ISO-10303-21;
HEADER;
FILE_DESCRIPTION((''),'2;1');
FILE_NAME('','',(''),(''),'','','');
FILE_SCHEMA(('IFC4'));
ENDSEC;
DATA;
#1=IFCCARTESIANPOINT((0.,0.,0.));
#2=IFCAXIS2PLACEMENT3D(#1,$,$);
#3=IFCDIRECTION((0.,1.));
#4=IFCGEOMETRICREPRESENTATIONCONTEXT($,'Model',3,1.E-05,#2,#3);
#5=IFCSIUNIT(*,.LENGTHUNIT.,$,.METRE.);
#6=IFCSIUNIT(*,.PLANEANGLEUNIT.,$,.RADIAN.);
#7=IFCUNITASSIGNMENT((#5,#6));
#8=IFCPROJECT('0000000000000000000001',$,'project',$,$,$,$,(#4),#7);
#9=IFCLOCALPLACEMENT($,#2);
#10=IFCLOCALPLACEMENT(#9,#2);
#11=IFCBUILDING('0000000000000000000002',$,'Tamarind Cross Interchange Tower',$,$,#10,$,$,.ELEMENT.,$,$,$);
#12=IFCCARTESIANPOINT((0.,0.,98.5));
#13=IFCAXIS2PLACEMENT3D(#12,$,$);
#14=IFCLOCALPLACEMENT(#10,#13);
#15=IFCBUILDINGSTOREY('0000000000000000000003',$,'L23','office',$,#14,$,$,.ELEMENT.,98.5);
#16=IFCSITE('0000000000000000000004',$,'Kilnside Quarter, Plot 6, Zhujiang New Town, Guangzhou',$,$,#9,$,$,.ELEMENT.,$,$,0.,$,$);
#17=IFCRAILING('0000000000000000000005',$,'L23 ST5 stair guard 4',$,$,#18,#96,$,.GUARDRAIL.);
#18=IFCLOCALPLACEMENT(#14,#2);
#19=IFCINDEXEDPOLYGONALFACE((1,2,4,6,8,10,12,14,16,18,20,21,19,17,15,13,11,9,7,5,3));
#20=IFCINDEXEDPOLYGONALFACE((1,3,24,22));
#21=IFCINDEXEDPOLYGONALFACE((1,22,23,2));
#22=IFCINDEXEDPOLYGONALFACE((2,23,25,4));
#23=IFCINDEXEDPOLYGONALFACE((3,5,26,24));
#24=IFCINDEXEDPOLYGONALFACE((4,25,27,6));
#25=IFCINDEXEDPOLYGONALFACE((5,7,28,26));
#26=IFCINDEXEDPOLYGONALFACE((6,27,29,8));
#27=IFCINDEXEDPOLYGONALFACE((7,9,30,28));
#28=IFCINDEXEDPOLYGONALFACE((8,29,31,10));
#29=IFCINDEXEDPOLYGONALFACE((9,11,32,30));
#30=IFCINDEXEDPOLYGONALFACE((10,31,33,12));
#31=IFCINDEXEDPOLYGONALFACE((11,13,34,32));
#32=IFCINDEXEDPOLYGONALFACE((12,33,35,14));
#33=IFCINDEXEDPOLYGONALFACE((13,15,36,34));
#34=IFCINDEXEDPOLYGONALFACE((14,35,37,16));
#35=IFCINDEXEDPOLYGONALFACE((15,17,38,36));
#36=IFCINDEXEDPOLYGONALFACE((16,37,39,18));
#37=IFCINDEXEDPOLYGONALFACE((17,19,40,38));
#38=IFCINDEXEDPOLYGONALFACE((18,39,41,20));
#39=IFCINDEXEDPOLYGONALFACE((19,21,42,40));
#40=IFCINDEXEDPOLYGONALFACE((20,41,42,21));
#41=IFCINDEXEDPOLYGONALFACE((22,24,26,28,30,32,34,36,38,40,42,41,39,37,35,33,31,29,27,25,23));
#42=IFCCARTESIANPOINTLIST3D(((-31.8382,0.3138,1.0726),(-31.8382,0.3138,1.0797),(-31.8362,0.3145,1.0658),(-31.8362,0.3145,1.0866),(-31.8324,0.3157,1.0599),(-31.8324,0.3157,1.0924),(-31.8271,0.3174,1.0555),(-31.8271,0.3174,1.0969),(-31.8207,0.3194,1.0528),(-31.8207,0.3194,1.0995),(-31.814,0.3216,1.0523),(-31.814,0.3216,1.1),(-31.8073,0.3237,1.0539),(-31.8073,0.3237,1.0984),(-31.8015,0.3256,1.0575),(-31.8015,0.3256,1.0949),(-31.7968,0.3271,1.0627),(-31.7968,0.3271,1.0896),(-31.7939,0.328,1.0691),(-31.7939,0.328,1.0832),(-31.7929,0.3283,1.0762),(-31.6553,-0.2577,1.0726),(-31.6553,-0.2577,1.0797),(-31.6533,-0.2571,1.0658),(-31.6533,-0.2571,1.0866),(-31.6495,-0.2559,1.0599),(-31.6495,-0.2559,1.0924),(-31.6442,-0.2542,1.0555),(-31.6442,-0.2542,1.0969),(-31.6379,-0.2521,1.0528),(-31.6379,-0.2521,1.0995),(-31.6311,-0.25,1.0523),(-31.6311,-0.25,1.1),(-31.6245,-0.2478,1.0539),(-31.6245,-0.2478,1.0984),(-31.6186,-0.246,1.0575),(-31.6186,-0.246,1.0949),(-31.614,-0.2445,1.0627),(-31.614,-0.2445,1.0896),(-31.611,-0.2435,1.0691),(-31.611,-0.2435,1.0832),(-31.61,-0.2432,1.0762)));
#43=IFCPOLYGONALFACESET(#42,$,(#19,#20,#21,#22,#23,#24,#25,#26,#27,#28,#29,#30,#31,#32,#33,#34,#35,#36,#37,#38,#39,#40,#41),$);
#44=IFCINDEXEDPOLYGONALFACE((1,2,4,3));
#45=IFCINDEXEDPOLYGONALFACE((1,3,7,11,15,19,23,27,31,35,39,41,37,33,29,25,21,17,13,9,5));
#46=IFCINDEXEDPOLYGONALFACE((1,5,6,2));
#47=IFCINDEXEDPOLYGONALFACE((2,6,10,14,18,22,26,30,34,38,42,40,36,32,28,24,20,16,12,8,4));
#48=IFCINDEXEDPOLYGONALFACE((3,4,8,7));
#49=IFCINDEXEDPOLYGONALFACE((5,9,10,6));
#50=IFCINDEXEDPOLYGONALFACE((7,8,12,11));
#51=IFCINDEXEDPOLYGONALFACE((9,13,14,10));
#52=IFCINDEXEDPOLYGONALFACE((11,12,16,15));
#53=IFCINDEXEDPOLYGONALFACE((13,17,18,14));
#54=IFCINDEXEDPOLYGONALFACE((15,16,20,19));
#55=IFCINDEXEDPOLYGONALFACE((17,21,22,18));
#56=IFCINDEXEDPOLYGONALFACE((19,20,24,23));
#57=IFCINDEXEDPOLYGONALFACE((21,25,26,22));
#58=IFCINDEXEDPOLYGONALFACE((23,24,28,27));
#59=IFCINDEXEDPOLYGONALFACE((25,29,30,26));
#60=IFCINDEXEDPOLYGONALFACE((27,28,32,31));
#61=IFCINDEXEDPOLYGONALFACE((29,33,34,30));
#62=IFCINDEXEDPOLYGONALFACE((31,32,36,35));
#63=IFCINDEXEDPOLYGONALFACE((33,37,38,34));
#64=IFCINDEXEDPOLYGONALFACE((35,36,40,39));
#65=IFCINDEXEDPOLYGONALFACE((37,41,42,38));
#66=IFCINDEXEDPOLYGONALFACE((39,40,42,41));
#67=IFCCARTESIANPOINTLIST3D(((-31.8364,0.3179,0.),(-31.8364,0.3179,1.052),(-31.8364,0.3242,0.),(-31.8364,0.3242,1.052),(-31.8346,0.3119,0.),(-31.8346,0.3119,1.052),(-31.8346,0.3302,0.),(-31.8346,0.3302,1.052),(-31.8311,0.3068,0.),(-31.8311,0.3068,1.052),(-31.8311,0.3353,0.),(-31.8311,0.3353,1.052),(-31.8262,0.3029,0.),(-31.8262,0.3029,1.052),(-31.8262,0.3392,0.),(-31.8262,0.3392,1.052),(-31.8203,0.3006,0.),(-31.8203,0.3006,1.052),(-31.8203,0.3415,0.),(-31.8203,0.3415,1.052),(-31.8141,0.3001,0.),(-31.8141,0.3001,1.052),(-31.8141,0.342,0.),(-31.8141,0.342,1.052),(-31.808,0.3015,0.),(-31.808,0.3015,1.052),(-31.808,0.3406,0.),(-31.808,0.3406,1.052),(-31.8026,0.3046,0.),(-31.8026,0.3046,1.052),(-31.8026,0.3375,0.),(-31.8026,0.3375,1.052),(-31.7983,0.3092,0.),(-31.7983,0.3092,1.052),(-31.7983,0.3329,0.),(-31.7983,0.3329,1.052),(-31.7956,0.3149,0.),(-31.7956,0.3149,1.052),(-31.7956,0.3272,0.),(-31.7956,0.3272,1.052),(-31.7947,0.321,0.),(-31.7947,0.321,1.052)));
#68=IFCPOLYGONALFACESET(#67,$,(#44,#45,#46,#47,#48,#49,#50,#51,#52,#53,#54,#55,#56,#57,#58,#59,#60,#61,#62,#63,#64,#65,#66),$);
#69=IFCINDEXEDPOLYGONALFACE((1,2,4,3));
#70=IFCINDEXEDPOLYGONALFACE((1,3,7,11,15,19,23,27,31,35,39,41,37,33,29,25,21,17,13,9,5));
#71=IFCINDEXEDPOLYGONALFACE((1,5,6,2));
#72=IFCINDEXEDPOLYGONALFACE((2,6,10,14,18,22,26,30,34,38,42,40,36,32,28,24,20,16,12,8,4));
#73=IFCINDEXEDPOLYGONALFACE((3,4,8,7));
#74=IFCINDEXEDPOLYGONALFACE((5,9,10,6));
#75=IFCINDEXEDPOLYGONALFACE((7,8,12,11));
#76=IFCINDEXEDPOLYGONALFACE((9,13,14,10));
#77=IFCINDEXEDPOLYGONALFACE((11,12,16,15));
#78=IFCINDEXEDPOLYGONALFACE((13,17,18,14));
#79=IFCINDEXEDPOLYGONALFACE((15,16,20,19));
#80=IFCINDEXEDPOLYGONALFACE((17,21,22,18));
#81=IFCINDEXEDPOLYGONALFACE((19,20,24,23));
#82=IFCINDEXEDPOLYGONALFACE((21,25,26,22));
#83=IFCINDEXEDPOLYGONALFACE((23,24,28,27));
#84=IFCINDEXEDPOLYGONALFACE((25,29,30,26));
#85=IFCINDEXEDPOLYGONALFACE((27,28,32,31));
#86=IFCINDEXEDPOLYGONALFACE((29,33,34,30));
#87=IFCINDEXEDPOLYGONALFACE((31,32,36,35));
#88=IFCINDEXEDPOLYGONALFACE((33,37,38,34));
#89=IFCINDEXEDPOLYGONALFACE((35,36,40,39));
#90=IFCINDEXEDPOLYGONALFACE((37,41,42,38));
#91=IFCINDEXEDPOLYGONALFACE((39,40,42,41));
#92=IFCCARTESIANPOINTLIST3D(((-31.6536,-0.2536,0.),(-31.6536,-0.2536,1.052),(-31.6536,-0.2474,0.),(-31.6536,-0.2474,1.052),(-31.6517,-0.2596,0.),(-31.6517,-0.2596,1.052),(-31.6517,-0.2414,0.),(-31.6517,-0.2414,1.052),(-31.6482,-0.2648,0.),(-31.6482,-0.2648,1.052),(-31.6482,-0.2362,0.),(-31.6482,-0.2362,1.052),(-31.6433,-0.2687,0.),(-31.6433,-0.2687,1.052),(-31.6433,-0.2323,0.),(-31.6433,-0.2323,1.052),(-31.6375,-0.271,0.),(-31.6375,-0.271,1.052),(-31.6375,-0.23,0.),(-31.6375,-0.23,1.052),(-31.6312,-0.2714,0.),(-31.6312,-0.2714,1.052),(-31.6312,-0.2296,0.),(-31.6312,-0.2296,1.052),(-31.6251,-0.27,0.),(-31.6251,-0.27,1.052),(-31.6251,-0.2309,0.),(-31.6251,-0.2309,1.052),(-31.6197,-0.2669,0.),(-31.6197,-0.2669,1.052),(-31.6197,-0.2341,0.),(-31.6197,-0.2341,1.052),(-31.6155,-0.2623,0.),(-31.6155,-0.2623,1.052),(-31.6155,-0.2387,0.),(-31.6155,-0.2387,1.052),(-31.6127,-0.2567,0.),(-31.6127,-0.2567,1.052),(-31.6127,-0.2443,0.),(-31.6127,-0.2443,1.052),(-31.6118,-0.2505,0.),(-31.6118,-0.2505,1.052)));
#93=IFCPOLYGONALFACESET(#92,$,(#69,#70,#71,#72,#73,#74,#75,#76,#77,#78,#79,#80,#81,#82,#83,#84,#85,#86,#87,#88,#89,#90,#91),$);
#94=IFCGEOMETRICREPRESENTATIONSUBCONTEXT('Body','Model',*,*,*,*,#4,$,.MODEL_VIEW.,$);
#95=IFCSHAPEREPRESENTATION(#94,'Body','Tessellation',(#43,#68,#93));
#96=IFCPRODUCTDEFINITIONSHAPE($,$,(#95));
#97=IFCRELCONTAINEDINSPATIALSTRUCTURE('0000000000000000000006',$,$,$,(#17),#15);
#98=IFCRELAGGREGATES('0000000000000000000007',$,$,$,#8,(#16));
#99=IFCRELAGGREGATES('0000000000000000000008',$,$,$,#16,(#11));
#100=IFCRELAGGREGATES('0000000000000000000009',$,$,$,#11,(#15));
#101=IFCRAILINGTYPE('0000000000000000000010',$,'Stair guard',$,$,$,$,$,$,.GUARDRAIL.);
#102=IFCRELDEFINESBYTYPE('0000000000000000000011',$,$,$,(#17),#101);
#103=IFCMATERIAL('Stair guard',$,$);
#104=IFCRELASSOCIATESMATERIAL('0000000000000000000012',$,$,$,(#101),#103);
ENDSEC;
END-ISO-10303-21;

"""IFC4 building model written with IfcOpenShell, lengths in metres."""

from ifc_helpers import new_model, si_unit, direction, frame, origin, origin_2d, place, context, subcontext, project, spatial, circle, extrude, material, type_object, element, save


model = new_model("IFC4")

# Units and contexts
model_context = context("Model", 3, precision=1e-05, world=origin(), true_north=direction((0.0, 1.0)))
body_context = subcontext(model_context, "Body", "Model", "MODEL_VIEW")
ifc_project = project(units=[si_unit("LENGTHUNIT", "METRE"), si_unit("PLANEANGLEUNIT", "RADIAN")], contexts=[model_context])

# Site, building, storey
site_placement = place(None, origin())
site = spatial("IfcSite", under=ifc_project, at=site_placement, Name="Kilnside Quarter, Plot 6, Zhujiang New Town, Guangzhou", CompositionType="ELEMENT", RefElevation=0.0)
building_placement = place(site_placement, origin())
building = spatial("IfcBuilding", under=site, at=building_placement, Name="Tamarind Cross Interchange Tower", CompositionType="ELEMENT")
storey_placement = place(building_placement, frame((0.0, 0.0, 98.5)))
storey = spatial("IfcBuildingStorey", under=building, at=storey_placement, Name="L23", Description="office", CompositionType="ELEMENT", Elevation=98.5)

# Railing
ifc_material_1 = material(Name="Stair guard")
railing_type_1 = type_object("IfcRailingType", Name="Stair guard", PredefinedType="GUARDRAIL", material=ifc_material_1)
railing_1_placement = place(storey_placement, frame((-31.8157, 0.321, 0.0)))
element("IfcRailing", 1, at=railing_1_placement, inside=storey, type_object=railing_type_1, Name="L23 ST5 stair guard 4", PredefinedType="GUARDRAIL", context=body_context, shape_type="SweptSolid", body=[
    extrude(circle(Radius=0.0239, at=origin_2d()), frame((0.0, 0.0, 1.0762), z_axis=(0.304731, -0.952438, 0.0), x_axis=(0.952438, 0.304731, 0.0)), (0.0, 0.0, 1.0), 0.6001),
    extrude(circle(Radius=0.021, at=origin_2d()), origin(), (0.0, 0.0, 1.0), 1.052),
    extrude(circle(Radius=0.021, at=origin_2d()), frame((0.1829, -0.5715, 0.0)), (0.0, 0.0, 1.0), 1.052),
])

save(model, "model.ifc")
